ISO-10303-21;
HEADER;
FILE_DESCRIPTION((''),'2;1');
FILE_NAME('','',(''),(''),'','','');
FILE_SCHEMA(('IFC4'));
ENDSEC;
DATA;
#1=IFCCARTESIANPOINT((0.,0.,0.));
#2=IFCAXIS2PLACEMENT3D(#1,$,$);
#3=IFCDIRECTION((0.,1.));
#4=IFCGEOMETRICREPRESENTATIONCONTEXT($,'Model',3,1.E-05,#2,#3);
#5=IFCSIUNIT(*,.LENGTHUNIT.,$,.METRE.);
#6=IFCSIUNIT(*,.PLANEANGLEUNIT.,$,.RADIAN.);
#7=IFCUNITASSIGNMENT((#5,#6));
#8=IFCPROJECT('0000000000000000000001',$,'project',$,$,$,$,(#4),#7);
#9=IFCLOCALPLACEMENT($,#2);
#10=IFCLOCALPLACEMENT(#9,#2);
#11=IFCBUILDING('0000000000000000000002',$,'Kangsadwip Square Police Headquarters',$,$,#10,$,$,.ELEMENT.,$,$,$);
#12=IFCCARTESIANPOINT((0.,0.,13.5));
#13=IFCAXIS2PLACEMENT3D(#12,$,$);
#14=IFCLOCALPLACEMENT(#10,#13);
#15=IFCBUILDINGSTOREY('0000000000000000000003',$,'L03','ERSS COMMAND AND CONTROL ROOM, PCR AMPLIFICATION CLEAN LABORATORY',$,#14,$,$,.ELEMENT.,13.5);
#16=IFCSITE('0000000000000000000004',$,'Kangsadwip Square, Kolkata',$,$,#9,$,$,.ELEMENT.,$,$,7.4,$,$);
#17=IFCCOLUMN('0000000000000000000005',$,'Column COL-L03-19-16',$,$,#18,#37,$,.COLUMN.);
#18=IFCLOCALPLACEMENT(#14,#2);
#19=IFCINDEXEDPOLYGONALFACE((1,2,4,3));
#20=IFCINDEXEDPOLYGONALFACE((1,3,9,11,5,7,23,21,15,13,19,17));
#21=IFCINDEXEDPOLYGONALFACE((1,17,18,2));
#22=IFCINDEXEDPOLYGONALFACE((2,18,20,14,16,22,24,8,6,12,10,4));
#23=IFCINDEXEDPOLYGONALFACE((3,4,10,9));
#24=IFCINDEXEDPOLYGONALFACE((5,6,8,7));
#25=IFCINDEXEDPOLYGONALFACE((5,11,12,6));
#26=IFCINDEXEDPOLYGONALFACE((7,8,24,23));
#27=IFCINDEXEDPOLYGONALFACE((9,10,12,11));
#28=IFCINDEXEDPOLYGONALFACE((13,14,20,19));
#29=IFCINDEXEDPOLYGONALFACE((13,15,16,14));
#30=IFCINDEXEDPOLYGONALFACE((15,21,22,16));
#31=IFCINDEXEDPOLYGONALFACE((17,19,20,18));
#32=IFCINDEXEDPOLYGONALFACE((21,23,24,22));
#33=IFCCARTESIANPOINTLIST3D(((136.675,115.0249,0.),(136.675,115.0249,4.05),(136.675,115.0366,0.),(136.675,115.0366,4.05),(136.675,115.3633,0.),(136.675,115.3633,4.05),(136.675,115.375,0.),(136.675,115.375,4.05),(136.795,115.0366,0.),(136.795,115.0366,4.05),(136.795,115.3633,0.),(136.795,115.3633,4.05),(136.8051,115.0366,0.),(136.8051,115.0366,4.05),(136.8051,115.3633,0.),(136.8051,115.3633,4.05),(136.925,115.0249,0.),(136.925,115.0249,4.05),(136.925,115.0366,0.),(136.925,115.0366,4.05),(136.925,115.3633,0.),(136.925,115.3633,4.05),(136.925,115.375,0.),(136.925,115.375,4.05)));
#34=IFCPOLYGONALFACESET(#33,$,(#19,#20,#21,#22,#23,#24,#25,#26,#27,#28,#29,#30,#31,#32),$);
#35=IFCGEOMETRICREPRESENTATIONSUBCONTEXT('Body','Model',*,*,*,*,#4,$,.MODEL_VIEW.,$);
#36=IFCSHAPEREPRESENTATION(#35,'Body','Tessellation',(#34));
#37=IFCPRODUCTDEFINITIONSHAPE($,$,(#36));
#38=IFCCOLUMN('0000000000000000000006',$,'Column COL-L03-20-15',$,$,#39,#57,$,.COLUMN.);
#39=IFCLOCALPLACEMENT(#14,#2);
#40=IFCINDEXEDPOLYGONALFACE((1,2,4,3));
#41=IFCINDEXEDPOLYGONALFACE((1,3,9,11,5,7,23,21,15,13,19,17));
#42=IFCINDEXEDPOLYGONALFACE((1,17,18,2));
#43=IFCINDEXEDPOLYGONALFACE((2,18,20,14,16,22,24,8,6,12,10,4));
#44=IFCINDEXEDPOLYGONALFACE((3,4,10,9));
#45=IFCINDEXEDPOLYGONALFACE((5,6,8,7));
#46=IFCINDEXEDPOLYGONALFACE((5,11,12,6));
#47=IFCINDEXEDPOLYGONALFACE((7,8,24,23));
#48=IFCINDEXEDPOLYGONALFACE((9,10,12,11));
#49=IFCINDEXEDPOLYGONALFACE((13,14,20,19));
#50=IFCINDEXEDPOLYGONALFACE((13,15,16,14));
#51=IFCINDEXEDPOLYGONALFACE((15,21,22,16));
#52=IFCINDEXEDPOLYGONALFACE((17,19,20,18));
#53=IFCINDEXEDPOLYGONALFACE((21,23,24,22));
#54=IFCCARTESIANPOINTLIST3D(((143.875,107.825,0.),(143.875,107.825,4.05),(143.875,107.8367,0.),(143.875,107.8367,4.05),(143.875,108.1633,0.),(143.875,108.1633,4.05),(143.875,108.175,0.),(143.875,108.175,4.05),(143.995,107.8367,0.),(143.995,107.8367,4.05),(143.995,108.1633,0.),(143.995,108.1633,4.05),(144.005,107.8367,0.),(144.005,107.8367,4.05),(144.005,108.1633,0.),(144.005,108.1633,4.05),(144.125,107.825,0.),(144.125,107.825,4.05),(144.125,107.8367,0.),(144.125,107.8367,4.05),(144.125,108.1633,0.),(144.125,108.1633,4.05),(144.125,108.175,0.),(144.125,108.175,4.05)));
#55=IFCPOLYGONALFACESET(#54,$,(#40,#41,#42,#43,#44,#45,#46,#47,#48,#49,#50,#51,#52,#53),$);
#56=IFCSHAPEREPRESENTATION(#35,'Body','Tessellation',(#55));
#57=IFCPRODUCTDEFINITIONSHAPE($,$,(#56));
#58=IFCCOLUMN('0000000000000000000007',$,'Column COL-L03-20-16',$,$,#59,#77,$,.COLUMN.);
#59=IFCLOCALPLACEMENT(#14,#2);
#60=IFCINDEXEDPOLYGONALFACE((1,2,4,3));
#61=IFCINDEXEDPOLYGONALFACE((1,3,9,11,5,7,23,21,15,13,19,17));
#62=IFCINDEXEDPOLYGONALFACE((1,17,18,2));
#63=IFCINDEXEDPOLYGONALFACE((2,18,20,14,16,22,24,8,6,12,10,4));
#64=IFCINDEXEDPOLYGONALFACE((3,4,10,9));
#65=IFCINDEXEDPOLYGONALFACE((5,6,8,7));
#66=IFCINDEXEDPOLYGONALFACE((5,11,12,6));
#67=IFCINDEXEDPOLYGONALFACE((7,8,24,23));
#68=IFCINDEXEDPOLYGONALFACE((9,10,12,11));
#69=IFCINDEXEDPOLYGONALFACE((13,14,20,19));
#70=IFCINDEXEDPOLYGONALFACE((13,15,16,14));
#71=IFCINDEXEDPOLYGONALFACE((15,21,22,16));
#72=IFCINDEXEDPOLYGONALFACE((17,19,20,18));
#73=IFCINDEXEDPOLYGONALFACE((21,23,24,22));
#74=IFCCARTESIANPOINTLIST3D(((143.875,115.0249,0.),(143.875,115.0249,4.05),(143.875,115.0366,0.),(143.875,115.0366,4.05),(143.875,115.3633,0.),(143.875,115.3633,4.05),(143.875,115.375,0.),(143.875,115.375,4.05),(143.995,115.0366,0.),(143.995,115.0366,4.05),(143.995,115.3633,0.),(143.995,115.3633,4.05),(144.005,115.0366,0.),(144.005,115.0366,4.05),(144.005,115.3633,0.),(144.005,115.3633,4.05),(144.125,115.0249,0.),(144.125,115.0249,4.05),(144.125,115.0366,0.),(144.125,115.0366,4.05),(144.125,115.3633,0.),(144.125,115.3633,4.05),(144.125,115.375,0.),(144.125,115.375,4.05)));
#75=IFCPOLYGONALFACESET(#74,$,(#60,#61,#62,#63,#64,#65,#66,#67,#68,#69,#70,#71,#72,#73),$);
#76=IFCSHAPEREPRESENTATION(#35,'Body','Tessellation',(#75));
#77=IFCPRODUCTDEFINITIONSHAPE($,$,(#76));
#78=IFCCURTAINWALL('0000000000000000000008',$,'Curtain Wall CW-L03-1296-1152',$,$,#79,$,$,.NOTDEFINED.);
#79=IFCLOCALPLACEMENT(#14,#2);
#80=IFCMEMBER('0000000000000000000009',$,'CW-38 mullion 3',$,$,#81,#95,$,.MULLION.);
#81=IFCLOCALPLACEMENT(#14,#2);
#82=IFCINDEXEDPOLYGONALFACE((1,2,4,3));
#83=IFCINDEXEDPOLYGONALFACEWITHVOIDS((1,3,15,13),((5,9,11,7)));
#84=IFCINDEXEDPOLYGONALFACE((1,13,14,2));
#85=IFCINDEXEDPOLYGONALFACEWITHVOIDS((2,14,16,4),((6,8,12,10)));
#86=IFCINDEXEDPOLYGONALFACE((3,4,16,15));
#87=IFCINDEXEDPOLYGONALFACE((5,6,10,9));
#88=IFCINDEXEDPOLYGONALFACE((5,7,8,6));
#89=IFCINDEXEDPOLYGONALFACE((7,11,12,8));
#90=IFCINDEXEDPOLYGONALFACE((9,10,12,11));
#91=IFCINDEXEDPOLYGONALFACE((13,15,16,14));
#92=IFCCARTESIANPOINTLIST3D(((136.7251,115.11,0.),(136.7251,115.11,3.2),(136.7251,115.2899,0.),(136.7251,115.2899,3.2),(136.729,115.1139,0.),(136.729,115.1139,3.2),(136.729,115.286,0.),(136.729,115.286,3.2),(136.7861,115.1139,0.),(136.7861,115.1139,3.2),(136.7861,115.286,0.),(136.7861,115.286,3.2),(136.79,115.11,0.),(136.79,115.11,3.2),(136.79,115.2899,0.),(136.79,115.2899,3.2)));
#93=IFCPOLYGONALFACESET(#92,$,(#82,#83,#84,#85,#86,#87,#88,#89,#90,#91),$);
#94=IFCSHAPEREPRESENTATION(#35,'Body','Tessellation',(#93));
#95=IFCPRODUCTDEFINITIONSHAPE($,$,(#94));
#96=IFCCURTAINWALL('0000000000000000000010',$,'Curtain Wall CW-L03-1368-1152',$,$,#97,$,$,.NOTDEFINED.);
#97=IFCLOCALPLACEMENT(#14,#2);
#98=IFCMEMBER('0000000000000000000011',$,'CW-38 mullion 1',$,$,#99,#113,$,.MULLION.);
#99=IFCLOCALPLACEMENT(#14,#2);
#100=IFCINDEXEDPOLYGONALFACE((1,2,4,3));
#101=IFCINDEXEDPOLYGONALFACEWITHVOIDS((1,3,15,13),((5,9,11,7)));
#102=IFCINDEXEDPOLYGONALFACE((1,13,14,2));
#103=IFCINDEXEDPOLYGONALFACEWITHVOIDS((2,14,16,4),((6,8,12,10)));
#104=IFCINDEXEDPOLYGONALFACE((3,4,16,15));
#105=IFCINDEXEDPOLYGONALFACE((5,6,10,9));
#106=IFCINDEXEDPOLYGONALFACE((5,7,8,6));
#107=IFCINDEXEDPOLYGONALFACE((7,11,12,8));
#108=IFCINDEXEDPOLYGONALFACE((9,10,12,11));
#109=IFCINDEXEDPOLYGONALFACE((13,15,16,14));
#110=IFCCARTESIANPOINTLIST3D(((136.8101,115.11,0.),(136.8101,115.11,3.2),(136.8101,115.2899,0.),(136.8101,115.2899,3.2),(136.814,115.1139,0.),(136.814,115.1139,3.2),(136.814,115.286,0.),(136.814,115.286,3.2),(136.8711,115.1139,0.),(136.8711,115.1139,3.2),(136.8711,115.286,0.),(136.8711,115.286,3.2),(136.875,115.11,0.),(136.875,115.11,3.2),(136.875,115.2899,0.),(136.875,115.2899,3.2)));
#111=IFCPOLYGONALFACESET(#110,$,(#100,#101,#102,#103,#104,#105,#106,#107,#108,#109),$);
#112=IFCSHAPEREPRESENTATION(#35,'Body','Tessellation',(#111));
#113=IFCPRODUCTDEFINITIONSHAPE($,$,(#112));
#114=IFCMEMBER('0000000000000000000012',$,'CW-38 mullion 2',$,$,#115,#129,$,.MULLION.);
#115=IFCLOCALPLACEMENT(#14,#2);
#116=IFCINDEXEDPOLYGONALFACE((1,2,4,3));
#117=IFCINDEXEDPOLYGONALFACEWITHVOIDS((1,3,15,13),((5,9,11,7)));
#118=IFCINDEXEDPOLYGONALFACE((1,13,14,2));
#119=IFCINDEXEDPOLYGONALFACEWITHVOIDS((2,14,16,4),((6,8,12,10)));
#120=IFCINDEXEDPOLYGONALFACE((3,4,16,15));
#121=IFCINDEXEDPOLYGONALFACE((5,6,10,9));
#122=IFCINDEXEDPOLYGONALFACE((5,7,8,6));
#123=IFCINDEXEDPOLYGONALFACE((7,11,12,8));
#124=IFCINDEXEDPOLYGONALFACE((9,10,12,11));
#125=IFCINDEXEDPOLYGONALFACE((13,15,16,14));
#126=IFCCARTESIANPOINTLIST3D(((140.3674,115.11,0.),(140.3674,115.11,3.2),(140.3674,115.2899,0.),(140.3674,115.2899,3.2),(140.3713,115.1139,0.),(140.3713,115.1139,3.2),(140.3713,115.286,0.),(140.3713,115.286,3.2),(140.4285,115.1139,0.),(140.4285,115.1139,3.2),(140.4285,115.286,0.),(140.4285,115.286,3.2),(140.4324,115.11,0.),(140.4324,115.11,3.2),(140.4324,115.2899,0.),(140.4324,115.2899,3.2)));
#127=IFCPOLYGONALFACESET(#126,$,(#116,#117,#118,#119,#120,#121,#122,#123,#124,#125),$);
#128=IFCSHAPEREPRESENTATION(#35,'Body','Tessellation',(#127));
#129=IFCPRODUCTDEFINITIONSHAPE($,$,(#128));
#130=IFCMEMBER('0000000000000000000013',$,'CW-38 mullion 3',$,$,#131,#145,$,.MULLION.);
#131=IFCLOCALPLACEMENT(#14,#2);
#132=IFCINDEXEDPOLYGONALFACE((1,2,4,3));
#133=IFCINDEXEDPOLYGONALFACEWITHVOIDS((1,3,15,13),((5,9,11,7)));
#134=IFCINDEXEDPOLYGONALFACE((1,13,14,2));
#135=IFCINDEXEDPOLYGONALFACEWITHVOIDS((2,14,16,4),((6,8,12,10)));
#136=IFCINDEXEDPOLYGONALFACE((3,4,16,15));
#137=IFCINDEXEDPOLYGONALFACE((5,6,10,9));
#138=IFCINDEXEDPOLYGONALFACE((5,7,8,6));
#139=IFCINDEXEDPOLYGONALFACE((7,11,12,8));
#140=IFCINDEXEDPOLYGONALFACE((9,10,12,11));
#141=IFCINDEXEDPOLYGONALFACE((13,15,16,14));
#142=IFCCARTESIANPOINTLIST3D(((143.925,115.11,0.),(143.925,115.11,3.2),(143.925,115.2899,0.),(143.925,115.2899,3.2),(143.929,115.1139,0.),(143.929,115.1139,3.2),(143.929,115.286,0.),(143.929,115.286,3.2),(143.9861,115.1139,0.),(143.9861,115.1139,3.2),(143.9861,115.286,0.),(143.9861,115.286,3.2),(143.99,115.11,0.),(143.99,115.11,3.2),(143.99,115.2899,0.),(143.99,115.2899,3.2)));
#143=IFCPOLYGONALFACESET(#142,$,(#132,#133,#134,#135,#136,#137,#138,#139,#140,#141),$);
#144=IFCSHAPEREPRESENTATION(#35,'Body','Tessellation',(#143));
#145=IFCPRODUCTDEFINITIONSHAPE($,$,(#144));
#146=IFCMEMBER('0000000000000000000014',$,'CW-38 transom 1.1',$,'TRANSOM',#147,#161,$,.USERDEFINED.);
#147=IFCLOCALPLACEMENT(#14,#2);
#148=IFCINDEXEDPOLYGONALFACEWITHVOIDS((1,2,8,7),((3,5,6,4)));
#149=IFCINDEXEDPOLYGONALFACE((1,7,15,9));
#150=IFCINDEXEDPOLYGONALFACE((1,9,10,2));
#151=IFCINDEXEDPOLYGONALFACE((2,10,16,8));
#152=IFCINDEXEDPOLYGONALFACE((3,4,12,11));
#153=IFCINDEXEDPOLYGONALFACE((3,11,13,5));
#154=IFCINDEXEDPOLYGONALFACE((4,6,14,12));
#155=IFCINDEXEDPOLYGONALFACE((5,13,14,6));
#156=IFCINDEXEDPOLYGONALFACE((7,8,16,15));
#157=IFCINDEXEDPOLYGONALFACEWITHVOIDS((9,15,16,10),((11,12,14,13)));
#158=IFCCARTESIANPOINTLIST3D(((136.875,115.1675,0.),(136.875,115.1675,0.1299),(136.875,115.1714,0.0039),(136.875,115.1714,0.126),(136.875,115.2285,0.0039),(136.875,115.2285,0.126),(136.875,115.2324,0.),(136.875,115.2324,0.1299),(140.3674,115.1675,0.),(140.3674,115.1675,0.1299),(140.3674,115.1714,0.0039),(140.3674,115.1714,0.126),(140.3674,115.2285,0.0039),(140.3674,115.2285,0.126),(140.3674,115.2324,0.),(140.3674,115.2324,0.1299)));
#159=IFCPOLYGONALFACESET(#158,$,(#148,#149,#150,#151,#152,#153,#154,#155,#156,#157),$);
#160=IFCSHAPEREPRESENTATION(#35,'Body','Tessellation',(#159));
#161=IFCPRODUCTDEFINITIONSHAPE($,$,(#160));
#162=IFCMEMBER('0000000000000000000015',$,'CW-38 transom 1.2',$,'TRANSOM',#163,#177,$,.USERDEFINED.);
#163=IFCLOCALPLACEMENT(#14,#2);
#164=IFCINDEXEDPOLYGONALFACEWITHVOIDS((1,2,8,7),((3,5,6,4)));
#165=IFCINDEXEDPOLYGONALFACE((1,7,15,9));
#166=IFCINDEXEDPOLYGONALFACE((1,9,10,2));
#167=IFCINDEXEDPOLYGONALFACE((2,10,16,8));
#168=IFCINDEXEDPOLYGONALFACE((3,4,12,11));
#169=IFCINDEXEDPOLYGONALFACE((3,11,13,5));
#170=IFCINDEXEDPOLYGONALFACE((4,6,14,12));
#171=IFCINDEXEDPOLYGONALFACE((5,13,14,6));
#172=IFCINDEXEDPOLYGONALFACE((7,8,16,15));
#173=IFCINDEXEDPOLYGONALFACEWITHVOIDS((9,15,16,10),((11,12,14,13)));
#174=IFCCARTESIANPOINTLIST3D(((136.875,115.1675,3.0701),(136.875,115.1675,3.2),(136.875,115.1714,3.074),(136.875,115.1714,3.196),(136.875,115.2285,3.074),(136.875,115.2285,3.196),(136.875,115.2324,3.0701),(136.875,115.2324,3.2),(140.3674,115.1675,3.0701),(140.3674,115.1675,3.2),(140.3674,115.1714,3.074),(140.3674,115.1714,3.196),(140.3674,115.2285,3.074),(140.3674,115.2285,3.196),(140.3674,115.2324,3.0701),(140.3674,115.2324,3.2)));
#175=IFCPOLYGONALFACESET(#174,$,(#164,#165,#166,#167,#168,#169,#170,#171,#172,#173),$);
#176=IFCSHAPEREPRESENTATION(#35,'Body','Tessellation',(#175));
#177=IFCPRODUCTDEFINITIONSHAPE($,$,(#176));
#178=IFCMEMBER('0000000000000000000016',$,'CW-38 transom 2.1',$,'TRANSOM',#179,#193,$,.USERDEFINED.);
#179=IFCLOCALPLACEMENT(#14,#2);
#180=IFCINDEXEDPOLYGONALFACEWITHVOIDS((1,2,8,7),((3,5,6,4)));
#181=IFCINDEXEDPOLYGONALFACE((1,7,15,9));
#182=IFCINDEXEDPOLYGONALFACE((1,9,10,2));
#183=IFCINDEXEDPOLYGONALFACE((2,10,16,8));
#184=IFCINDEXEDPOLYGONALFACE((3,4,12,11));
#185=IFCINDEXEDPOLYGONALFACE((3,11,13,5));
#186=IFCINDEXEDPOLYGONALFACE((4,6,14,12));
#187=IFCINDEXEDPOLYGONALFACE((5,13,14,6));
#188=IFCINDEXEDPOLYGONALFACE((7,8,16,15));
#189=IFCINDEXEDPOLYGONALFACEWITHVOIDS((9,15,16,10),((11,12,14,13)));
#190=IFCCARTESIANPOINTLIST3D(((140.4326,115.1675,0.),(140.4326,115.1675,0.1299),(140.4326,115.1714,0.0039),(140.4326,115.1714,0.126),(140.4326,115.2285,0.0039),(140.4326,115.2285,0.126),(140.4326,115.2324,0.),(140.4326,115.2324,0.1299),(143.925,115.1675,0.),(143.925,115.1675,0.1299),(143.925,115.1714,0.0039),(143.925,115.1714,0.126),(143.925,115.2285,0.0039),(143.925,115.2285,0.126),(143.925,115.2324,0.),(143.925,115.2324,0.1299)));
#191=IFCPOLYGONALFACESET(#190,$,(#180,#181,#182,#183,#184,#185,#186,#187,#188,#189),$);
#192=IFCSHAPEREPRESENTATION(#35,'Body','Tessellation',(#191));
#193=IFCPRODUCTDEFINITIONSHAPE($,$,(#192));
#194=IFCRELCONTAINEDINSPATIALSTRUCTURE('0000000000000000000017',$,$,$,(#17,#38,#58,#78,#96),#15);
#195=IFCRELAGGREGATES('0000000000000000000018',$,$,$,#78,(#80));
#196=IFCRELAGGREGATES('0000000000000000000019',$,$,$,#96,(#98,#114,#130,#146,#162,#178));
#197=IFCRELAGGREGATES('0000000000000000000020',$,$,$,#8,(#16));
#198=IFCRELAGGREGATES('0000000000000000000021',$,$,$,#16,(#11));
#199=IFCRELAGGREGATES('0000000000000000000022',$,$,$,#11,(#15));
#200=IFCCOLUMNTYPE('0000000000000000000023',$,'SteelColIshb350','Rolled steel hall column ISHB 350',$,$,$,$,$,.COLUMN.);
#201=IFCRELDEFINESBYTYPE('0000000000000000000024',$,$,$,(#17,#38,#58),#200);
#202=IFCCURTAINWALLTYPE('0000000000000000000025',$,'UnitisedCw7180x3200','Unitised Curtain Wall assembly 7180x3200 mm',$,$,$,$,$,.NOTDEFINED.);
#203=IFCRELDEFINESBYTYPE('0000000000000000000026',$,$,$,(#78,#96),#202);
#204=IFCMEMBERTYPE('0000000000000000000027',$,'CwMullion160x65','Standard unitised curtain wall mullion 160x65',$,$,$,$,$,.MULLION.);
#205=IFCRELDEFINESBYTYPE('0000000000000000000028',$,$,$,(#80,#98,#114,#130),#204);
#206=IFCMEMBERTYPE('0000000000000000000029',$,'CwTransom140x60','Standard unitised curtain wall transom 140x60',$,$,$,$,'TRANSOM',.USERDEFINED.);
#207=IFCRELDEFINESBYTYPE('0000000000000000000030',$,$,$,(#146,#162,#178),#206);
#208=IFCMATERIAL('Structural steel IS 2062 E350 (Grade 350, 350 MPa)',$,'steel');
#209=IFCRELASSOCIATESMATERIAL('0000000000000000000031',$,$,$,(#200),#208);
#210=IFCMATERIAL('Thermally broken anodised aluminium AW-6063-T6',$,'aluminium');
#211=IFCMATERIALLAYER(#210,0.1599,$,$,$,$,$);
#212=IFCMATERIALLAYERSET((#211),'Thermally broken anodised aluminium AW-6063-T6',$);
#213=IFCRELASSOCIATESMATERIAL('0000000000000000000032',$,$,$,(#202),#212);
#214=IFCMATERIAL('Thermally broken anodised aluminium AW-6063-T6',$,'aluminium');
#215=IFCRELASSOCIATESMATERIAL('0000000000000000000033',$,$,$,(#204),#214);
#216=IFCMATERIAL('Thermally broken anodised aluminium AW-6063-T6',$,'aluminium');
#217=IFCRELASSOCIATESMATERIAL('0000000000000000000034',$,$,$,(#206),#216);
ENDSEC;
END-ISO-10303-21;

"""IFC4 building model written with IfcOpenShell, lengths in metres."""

from ifc_helpers import new_model, si_unit, direction, frame, origin, origin_2d, place, context, subcontext, project, spatial, hollow_rectangle, i_section, extrude, material, layer, layer_set, material_profile, profile_set, type_object, element, aggregate, save


model = new_model("IFC4")

# Units and contexts
model_context = context("Model", 3, precision=1e-05, world=origin(), true_north=direction((0.0, 1.0)))
body_context = subcontext(model_context, "Body", "Model", "MODEL_VIEW")
ifc_project = project(units=[si_unit("LENGTHUNIT", "METRE"), si_unit("PLANEANGLEUNIT", "RADIAN")], contexts=[model_context])

# Site, building, storey
site_placement = place(None, origin())
site = spatial("IfcSite", under=ifc_project, at=site_placement, Name="Kangsadwip Square, Kolkata", CompositionType="ELEMENT", RefElevation=7.4)
building_placement = place(site_placement, origin())
building = spatial("IfcBuilding", under=site, at=building_placement, Name="Kangsadwip Square Police Headquarters", CompositionType="ELEMENT")
storey_placement = place(building_placement, frame((0.0, 0.0, 13.5)))
storey = spatial("IfcBuildingStorey", under=building, at=storey_placement, Name="L03", Description="ERSS COMMAND AND CONTROL ROOM, PCR AMPLIFICATION CLEAN LABORATORY", CompositionType="ELEMENT", Elevation=13.5)

# Columns
ifc_material_1 = material(Name="Structural steel IS 2062 E350 (Grade 350, 350 MPa)", Category="steel")
ifc_material_profile_1 = material_profile(ifc_material_1, i_section(OverallWidth=0.25, OverallDepth=0.3501, WebThickness=0.01, FlangeThickness=0.0117, at=origin_2d()), Name="ISHB 350")
ifc_profile_set_1 = profile_set([ifc_material_profile_1], Name="Structural steel IS 2062 E350 (Grade 350, 350 MPa)")
column_type = type_object("IfcColumnType", Name="SteelColIshb350", Description="Rolled steel hall column ISHB 350", PredefinedType="COLUMN", material=ifc_profile_set_1)
for number, where, z_axis, x_axis, name in (
    (1, (136.8, 115.2, 0.0), (0.0, 0.0, 1.0), (1.0, 0.0, 0.0), "Column COL-L03-19-16"),
    (2, (144.0, 108.0, 0.0), (0.0, 0.0, 1.0), (1.0, 0.0, 0.0), "Column COL-L03-20-15"),
    (3, (144.0, 115.2, 0.0), (0.0, 0.0, 1.0), (1.0, 0.0, 0.0), "Column COL-L03-20-16"),
):
    element("IfcColumn", number, at=place(storey_placement, frame(where, z_axis=z_axis, x_axis=x_axis)), inside=storey, type_object=column_type, Name=name, PredefinedType="COLUMN", context=body_context, shape_type="SweptSolid", body=[
        extrude(i_section(OverallWidth=0.25, OverallDepth=0.3501, WebThickness=0.01, FlangeThickness=0.0117, at=origin_2d()), origin(), (0.0, 0.0, 1.0), 4.05),
    ])

# Curtain wall, member
ifc_material_2 = material(Name="Thermally broken anodised aluminium AW-6063-T6", Category="aluminium")
ifc_layer_1 = layer(ifc_material_2, 0.1599)
ifc_layer_set_1 = layer_set([ifc_layer_1], Name="Thermally broken anodised aluminium AW-6063-T6")
curtain_wall_type = type_object("IfcCurtainWallType", Name="UnitisedCw7180x3200", Description="Unitised Curtain Wall assembly 7180x3200 mm", PredefinedType="NOTDEFINED", material=ifc_layer_set_1)
curtain_wall_1_placement = place(storey_placement, origin())
curtain_wall_1 = element("IfcCurtainWall", 4, at=curtain_wall_1_placement, inside=storey, type_object=curtain_wall_type, Name="Curtain Wall CW-L03-1296-1152", PredefinedType="NOTDEFINED")
ifc_material_3 = material(Name="Thermally broken anodised aluminium AW-6063-T6", Category="aluminium")
ifc_material_profile_2 = material_profile(ifc_material_3, hollow_rectangle(XDim=0.0649, YDim=0.1799, WallThickness=0.0039, at=origin_2d()), Name="CWM 180X65X4")
ifc_profile_set_2 = profile_set([ifc_material_profile_2], Name="Thermally broken anodised aluminium AW-6063-T6")
member_type_1 = type_object("IfcMemberType", Name="CwMullion160x65", Description="Standard unitised curtain wall mullion 160x65", PredefinedType="MULLION", material=ifc_profile_set_2)
member_1_placement = place(storey_placement, frame((136.7576, 115.2, 0.0), z_axis=(0.0, 0.0, 1.0), x_axis=(1.0, 0.0, 0.0)))
member_1 = element("IfcMember", 5, at=member_1_placement, type_object=member_type_1, Name="CW-38 mullion 3", PredefinedType="MULLION", context=body_context, shape_type="SweptSolid", body=[
    extrude(hollow_rectangle(XDim=0.0649, YDim=0.1799, WallThickness=0.0039, at=origin_2d()), origin(), (0.0, 0.0, 1.0), 3.2),
])
aggregate(curtain_wall_1, [member_1])

# Curtain wall, members
curtain_wall_2_placement = place(storey_placement, origin())
curtain_wall_2 = element("IfcCurtainWall", 6, at=curtain_wall_2_placement, inside=storey, type_object=curtain_wall_type, Name="Curtain Wall CW-L03-1368-1152", PredefinedType="NOTDEFINED")
member_2_placement = place(storey_placement, frame((136.8425, 115.2, 0.0), z_axis=(0.0, 0.0, 1.0), x_axis=(1.0, 0.0, 0.0)))
member_2 = element("IfcMember", 7, at=member_2_placement, type_object=member_type_1, Name="CW-38 mullion 1", PredefinedType="MULLION", context=body_context, shape_type="SweptSolid", body=[
    extrude(hollow_rectangle(XDim=0.0649, YDim=0.1799, WallThickness=0.0039, at=origin_2d()), origin(), (0.0, 0.0, 1.0), 3.2),
])
member_3_placement = place(storey_placement, frame((140.3999, 115.2, 0.0), z_axis=(0.0, 0.0, 1.0), x_axis=(1.0, 0.0, 0.0)))
member_3 = element("IfcMember", 8, at=member_3_placement, type_object=member_type_1, Name="CW-38 mullion 2", PredefinedType="MULLION", context=body_context, shape_type="SweptSolid", body=[
    extrude(hollow_rectangle(XDim=0.0649, YDim=0.1799, WallThickness=0.0039, at=origin_2d()), origin(), (0.0, 0.0, 1.0), 3.2),
])
member_4_placement = place(storey_placement, frame((143.9575, 115.2, 0.0), z_axis=(0.0, 0.0, 1.0), x_axis=(1.0, 0.0, 0.0)))
member_4 = element("IfcMember", 9, at=member_4_placement, type_object=member_type_1, Name="CW-38 mullion 3", PredefinedType="MULLION", context=body_context, shape_type="SweptSolid", body=[
    extrude(hollow_rectangle(XDim=0.0649, YDim=0.1799, WallThickness=0.0039, at=origin_2d()), origin(), (0.0, 0.0, 1.0), 3.2),
])
ifc_material_4 = material(Name="Thermally broken anodised aluminium AW-6063-T6", Category="aluminium")
ifc_material_profile_3 = material_profile(ifc_material_4, hollow_rectangle(XDim=0.0649, YDim=0.1299, WallThickness=0.0039, at=origin_2d()), Name="CWT 130X65X4")
ifc_profile_set_3 = profile_set([ifc_material_profile_3], Name="Thermally broken anodised aluminium AW-6063-T6")
member_type_2 = type_object("IfcMemberType", Name="CwTransom140x60", Description="Standard unitised curtain wall transom 140x60", ElementType="TRANSOM", PredefinedType="USERDEFINED", material=ifc_profile_set_3)
member_5_placement = place(storey_placement, frame((136.875, 115.2, 0.0649), z_axis=(1.0, 0.0, 0.0), x_axis=(0.0, 1.0, 0.0)))
member_5 = element("IfcMember", 10, at=member_5_placement, type_object=member_type_2, Name="CW-38 transom 1.1", ObjectType="TRANSOM", PredefinedType="USERDEFINED", context=body_context, shape_type="SweptSolid", body=[
    extrude(hollow_rectangle(XDim=0.0649, YDim=0.1299, WallThickness=0.0039, at=origin_2d()), origin(), (0.0, 0.0, 1.0), 3.4924),
])
member_6_placement = place(storey_placement, frame((136.875, 115.2, 3.135), z_axis=(1.0, 0.0, 0.0), x_axis=(0.0, 1.0, 0.0)))
member_6 = element("IfcMember", 11, at=member_6_placement, type_object=member_type_2, Name="CW-38 transom 1.2", ObjectType="TRANSOM", PredefinedType="USERDEFINED", context=body_context, shape_type="SweptSolid", body=[
    extrude(hollow_rectangle(XDim=0.0649, YDim=0.1299, WallThickness=0.0039, at=origin_2d()), origin(), (0.0, 0.0, 1.0), 3.4924),
])
member_7_placement = place(storey_placement, frame((140.4326, 115.2, 0.0649), z_axis=(1.0, 0.0, 0.0), x_axis=(0.0, 1.0, 0.0)))
member_7 = element("IfcMember", 12, at=member_7_placement, type_object=member_type_2, Name="CW-38 transom 2.1", ObjectType="TRANSOM", PredefinedType="USERDEFINED", context=body_context, shape_type="SweptSolid", body=[
    extrude(hollow_rectangle(XDim=0.0649, YDim=0.1299, WallThickness=0.0039, at=origin_2d()), origin(), (0.0, 0.0, 1.0), 3.4924),
])

aggregate(curtain_wall_2, [member_2, member_3, member_4, member_5, member_6, member_7])

save(model, "model.ifc")
